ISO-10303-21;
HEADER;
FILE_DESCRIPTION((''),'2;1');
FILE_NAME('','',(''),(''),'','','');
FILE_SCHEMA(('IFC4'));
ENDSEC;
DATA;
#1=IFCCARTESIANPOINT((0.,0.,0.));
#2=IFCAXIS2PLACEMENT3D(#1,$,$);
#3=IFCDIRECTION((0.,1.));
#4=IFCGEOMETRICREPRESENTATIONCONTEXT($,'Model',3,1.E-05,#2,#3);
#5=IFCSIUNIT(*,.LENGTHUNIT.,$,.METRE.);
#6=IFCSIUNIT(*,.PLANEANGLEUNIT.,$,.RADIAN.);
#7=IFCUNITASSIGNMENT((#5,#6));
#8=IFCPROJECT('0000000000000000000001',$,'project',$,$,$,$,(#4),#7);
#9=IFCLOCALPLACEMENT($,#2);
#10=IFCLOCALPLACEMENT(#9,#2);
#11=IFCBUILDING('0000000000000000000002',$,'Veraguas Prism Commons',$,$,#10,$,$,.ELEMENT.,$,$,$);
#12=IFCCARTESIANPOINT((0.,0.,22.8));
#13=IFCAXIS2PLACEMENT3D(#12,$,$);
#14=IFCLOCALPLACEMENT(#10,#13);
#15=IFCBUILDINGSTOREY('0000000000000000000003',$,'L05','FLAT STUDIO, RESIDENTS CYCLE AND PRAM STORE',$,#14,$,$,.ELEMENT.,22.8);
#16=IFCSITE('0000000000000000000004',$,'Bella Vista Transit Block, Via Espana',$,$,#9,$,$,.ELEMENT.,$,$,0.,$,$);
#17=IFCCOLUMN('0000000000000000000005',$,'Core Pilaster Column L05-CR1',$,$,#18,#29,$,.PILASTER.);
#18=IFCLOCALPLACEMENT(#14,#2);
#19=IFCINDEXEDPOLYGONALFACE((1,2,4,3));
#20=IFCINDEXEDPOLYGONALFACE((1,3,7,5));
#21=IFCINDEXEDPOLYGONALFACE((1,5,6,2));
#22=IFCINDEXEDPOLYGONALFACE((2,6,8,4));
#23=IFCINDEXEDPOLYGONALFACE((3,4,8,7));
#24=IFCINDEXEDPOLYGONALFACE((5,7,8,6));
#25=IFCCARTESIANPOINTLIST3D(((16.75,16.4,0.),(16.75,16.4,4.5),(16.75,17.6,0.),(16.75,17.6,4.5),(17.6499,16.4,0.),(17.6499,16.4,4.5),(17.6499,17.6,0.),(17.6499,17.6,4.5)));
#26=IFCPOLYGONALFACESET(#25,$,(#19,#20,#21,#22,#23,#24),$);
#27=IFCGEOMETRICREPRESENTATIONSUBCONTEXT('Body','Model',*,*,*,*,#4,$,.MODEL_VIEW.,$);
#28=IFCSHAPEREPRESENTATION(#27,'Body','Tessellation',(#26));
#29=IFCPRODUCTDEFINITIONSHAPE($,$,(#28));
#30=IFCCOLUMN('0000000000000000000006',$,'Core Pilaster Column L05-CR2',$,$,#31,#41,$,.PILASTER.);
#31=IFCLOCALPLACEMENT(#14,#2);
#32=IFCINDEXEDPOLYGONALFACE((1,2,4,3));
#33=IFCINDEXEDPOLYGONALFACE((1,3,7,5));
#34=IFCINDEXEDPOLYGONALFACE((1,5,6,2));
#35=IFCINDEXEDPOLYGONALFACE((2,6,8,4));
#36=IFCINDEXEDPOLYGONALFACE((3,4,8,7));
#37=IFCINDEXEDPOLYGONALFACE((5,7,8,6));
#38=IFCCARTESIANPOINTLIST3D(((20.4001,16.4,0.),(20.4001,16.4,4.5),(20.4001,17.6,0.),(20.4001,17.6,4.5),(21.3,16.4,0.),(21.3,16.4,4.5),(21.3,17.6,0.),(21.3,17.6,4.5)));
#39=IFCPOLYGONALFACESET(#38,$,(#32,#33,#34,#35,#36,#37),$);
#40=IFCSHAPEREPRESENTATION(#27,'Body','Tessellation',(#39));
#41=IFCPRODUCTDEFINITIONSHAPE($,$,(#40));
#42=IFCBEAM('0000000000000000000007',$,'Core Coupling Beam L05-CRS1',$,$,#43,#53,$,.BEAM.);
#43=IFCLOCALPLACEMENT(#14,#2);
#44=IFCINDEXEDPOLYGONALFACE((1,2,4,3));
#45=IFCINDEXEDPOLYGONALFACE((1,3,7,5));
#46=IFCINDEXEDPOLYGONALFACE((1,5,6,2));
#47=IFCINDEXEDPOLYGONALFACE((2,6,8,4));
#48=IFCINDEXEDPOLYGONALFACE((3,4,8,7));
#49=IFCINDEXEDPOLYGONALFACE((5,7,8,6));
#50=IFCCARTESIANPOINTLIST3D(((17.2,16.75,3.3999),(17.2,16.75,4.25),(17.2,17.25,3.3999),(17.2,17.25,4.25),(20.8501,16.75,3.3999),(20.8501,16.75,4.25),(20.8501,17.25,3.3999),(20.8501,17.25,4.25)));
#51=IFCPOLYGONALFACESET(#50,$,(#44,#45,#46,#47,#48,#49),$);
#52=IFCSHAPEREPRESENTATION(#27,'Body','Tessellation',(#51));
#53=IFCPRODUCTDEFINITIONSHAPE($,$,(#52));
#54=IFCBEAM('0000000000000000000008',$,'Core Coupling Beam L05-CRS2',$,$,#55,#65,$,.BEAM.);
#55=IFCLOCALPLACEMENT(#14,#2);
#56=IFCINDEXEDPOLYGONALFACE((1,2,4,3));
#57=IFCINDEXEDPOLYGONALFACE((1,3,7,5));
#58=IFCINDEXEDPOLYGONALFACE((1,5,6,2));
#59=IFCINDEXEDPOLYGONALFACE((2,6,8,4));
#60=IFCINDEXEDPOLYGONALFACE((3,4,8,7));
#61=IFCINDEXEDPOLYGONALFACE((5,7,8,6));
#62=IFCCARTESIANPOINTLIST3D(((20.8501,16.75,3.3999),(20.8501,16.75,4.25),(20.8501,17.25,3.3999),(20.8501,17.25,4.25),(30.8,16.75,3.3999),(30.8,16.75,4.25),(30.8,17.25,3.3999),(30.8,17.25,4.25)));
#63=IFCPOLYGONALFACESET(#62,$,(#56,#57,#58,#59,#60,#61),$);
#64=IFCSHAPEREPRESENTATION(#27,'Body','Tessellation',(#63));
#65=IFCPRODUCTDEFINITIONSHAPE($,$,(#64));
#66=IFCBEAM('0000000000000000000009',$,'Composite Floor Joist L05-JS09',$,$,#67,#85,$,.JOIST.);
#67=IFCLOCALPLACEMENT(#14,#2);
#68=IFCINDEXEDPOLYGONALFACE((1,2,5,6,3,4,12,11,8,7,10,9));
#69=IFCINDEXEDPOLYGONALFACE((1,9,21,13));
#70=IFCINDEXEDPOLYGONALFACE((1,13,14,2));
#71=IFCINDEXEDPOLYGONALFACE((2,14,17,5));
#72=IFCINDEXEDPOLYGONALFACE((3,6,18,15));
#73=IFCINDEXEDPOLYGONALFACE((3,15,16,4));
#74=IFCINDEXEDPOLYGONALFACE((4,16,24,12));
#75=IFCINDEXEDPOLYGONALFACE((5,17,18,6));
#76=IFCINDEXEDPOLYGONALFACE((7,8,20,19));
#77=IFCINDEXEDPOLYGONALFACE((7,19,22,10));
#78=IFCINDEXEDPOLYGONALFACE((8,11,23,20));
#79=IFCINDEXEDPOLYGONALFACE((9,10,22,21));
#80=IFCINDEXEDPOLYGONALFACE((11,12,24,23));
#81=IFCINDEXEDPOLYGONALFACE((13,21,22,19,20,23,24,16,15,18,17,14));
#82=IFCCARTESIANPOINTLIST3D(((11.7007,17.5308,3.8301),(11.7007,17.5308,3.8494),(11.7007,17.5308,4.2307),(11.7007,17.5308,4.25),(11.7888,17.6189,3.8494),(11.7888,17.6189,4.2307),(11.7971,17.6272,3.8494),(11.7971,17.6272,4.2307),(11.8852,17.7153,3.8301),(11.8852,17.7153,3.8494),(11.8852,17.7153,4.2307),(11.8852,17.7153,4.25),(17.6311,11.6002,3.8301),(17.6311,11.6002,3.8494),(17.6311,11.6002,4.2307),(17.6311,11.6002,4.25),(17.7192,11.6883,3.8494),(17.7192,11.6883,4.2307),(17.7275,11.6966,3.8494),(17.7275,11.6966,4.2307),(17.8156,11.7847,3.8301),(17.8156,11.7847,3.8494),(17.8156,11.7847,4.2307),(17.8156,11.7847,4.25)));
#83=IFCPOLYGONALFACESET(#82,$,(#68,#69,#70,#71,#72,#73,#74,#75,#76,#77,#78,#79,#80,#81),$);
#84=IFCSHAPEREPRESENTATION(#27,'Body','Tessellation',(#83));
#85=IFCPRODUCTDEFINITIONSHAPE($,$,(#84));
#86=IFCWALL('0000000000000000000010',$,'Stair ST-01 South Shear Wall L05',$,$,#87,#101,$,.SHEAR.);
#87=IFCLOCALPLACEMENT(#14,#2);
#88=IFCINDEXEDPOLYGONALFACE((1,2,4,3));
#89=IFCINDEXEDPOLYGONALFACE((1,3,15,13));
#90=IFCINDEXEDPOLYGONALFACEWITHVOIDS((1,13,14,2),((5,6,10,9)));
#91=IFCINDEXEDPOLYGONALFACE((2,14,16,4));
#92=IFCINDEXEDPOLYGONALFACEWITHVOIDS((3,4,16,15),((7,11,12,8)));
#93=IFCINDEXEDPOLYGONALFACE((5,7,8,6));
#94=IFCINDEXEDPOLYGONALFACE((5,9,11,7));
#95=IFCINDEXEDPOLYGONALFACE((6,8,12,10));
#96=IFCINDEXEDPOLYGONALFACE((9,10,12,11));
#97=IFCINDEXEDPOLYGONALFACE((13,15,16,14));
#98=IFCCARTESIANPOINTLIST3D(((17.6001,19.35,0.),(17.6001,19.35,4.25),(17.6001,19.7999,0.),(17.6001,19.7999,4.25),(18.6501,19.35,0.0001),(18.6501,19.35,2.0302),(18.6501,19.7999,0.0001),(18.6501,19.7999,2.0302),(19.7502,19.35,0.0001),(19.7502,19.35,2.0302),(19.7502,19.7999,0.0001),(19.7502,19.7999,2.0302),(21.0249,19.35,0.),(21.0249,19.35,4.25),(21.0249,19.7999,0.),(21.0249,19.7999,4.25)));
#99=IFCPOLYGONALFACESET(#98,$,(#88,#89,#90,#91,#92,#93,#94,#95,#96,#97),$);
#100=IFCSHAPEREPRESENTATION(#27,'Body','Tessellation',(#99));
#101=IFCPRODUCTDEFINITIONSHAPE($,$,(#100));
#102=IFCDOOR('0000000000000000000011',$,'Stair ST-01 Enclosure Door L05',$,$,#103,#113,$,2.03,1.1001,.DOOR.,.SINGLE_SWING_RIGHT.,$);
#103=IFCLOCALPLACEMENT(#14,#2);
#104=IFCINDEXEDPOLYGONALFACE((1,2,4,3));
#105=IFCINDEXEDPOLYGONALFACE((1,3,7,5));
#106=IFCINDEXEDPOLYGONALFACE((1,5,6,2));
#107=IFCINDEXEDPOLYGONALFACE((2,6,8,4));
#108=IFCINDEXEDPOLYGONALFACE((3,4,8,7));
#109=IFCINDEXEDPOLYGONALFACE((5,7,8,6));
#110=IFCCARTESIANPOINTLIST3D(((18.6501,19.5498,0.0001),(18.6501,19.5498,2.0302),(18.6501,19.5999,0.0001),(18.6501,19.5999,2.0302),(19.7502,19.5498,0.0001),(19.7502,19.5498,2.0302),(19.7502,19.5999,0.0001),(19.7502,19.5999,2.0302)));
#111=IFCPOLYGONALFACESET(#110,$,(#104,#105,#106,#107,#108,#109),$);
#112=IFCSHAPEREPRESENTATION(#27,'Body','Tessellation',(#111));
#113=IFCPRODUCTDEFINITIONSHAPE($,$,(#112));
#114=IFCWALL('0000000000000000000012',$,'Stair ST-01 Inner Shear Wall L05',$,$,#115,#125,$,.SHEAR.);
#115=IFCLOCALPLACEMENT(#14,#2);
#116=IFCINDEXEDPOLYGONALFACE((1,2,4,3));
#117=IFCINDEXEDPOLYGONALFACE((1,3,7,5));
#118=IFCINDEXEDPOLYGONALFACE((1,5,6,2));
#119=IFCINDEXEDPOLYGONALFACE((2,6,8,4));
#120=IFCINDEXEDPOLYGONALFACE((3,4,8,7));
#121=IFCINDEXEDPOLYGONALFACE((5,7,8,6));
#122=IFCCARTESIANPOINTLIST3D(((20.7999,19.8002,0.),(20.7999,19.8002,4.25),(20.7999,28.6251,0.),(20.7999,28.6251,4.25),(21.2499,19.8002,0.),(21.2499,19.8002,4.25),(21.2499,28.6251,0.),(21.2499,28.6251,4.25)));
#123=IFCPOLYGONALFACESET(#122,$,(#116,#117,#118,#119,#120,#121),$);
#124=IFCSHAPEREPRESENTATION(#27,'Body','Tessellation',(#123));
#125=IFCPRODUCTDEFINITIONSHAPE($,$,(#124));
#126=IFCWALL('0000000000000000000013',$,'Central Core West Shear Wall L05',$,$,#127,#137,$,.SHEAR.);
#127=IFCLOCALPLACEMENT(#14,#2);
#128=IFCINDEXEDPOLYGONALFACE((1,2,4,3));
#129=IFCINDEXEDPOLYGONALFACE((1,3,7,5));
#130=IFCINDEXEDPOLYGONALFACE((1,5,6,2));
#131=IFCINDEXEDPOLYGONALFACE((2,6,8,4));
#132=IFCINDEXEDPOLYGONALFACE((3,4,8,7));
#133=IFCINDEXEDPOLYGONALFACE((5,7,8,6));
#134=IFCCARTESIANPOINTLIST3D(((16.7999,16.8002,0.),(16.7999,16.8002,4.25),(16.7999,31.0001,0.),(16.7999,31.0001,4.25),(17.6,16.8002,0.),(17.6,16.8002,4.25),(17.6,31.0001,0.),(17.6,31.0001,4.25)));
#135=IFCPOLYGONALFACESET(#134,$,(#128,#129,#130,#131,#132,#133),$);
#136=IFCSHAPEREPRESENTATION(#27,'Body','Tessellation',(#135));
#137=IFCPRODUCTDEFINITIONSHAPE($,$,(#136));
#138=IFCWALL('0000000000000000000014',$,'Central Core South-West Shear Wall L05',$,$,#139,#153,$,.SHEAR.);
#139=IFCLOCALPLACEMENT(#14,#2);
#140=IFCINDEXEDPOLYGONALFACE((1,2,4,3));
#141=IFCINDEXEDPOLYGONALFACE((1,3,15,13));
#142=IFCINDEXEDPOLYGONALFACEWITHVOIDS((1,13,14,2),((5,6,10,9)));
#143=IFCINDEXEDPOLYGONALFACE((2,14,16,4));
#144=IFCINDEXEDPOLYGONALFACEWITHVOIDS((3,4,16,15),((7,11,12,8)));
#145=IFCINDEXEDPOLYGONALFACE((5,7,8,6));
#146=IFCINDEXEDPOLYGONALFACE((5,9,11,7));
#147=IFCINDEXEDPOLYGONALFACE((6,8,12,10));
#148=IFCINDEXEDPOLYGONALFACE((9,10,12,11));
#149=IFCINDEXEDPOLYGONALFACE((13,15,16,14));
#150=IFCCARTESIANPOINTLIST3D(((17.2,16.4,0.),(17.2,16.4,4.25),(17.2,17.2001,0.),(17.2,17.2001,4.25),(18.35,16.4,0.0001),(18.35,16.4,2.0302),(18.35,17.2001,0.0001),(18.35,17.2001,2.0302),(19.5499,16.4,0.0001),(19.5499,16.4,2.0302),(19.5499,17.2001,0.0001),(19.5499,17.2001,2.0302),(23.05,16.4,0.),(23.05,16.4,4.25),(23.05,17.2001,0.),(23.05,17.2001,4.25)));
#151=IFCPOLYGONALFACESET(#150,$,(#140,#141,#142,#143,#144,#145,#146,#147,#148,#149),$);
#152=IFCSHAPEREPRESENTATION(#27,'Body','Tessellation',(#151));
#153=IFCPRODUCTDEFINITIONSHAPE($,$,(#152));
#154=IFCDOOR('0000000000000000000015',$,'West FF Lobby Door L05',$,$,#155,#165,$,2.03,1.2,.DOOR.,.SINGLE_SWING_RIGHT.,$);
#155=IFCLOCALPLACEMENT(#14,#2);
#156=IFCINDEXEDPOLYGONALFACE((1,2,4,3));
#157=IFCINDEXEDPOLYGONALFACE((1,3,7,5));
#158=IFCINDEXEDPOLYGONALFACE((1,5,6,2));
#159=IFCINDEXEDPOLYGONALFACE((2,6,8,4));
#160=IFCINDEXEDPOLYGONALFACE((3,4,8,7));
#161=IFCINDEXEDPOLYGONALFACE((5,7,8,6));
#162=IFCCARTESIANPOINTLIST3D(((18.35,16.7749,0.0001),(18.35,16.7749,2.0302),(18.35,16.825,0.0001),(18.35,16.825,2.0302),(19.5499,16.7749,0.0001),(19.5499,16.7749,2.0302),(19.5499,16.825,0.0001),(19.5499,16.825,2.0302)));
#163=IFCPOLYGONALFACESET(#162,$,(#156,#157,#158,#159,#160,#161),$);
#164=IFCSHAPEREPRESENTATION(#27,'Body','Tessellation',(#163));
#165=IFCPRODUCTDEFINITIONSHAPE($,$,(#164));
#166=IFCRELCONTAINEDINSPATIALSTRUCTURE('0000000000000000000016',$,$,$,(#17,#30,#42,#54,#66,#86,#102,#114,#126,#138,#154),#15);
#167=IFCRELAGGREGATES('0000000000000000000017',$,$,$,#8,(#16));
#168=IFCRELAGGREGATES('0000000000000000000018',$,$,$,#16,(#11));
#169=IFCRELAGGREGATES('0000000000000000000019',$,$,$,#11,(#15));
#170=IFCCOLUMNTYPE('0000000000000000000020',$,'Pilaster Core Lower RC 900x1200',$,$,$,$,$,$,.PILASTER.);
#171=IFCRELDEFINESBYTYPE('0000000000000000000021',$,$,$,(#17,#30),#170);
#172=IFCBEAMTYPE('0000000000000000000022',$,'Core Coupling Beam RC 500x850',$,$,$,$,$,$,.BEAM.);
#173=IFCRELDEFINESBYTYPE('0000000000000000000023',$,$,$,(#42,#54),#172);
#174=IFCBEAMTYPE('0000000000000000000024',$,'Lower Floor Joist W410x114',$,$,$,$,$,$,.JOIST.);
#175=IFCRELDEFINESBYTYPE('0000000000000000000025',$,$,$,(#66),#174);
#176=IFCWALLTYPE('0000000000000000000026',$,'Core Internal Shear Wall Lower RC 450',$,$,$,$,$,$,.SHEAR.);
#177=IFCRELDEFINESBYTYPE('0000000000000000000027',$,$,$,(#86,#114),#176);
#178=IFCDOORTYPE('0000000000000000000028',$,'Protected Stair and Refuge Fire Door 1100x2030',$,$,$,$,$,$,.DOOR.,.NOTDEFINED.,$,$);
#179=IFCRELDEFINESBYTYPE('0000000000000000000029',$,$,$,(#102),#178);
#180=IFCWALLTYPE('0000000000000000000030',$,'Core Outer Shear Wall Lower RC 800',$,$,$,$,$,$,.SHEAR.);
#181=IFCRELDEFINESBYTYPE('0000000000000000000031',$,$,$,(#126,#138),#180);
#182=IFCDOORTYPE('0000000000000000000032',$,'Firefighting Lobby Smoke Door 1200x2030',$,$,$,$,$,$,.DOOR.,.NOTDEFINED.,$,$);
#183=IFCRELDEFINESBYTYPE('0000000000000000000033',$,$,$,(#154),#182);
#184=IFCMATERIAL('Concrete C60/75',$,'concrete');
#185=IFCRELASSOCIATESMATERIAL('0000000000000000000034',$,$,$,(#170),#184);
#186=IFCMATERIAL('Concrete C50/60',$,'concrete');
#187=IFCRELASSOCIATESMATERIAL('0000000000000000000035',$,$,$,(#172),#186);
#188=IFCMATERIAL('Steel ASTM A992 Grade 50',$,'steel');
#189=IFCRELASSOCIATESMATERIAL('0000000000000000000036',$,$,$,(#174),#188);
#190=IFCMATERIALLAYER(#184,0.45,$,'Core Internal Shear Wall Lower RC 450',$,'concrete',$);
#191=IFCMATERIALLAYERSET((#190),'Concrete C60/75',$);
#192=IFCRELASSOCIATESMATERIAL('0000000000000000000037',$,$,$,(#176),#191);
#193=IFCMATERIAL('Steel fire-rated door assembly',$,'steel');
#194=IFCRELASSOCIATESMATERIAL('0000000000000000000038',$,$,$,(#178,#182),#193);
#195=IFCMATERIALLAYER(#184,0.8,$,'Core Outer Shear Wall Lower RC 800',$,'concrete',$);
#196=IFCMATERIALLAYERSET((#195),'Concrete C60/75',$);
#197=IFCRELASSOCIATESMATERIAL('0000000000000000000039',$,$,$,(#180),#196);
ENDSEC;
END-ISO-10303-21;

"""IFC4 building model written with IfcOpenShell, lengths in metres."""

from ifc_helpers import new_model, si_unit, direction, frame, frame_2d, origin, origin_2d, place, context, subcontext, project, spatial, rectangle, i_section, extrude, source, transform, mapped, material, layer, layer_set, material_profile, profile_set, type_object, element, fill, save


model = new_model("IFC4")

# Units and contexts
model_context = context("Model", 3, precision=1e-05, world=origin(), true_north=direction((0.0, 1.0)))
body_context = subcontext(model_context, "Body", "Model", "MODEL_VIEW")
ifc_project = project(units=[si_unit("LENGTHUNIT", "METRE"), si_unit("PLANEANGLEUNIT", "RADIAN")], contexts=[model_context])

# Site, building, storey
site_placement = place(None, origin())
site = spatial("IfcSite", under=ifc_project, at=site_placement, Name="Bella Vista Transit Block, Via Espana", CompositionType="ELEMENT", RefElevation=0.0)
building_placement = place(site_placement, origin())
building = spatial("IfcBuilding", under=site, at=building_placement, Name="Veraguas Prism Commons", CompositionType="ELEMENT")
storey_placement = place(building_placement, frame((0.0, 0.0, 22.8)))
storey = spatial("IfcBuildingStorey", under=building, at=storey_placement, Name="L05", Description="FLAT STUDIO, RESIDENTS CYCLE AND PRAM STORE", CompositionType="ELEMENT", Elevation=22.8)

# Columns
ifc_material_1 = material(Name="Concrete C60/75", Category="concrete")
ifc_material_profile_1 = material_profile(ifc_material_1, rectangle(XDim=0.8999, YDim=1.2, at=origin_2d()), Name="RC900X1200")
ifc_profile_set_1 = profile_set([ifc_material_profile_1], Name="Concrete C60/75")
column_type = type_object("IfcColumnType", Name="Pilaster Core Lower RC 900x1200", PredefinedType="PILASTER", material=ifc_profile_set_1)
for number, where, z_axis, x_axis, name in (
    (1, (17.2, 17.0, 0.0), (0.0, 0.0, 1.0), (1.0, 0.0, 0.0), "Core Pilaster Column L05-CR1"),
    (2, (20.8501, 17.0, 0.0), (0.0, 0.0, 1.0), (1.0, 0.0, 0.0), "Core Pilaster Column L05-CR2"),
):
    element("IfcColumn", number, at=place(storey_placement, frame(where, z_axis=z_axis, x_axis=x_axis)), inside=storey, type_object=column_type, Name=name, PredefinedType="PILASTER", context=body_context, shape_type="SweptSolid", body=[
        extrude(rectangle(XDim=0.8999, YDim=1.2, at=origin_2d()), origin(), (0.0, 0.0, 1.0), 4.5),
    ])

# Beams
ifc_material_2 = material(Name="Concrete C50/60", Category="concrete")
ifc_material_profile_2 = material_profile(ifc_material_2, rectangle(XDim=0.5, YDim=0.8501, at=origin_2d()), Name="RC500X850")
ifc_profile_set_2 = profile_set([ifc_material_profile_2], Name="Concrete C50/60")
beam_type_1 = type_object("IfcBeamType", Name="Core Coupling Beam RC 500x850", PredefinedType="BEAM", material=ifc_profile_set_2)
beam_1_placement = place(storey_placement, frame((17.2, 17.0, 3.825), z_axis=(1.0, 0.0, 0.0), x_axis=(0.0, 1.0, 0.0)))
element("IfcBeam", 3, at=beam_1_placement, inside=storey, type_object=beam_type_1, Name="Core Coupling Beam L05-CRS1", PredefinedType="BEAM", context=body_context, shape_type="SweptSolid", body=[
    extrude(rectangle(XDim=0.5, YDim=0.8501, at=origin_2d()), origin(), (0.0, 0.0, 1.0), 3.6501),
])
beam_2_placement = place(storey_placement, frame((20.8501, 17.0, 3.825), z_axis=(1.0, 0.0, 0.0), x_axis=(0.0, 1.0, 0.0)))
element("IfcBeam", 4, at=beam_2_placement, inside=storey, type_object=beam_type_1, Name="Core Coupling Beam L05-CRS2", PredefinedType="BEAM", context=body_context, shape_type="SweptSolid", body=[
    extrude(rectangle(XDim=0.5, YDim=0.8501, at=origin_2d()), origin(), (0.0, 0.0, 1.0), 9.95),
])
ifc_material_3 = material(Name="Steel ASTM A992 Grade 50", Category="steel")
ifc_material_profile_3 = material_profile(ifc_material_3, i_section(OverallWidth=0.261, OverallDepth=0.4199, WebThickness=0.0117, FlangeThickness=0.0193, at=origin_2d()), Name="W410X114")
ifc_profile_set_3 = profile_set([ifc_material_profile_3], Name="Steel ASTM A992 Grade 50")
beam_type_2 = type_object("IfcBeamType", Name="Lower Floor Joist W410x114", PredefinedType="JOIST", material=ifc_profile_set_3)
beam_3_placement = place(storey_placement, frame((11.793, 17.623, 4.04), z_axis=(0.707092, -0.707121, 0.0), x_axis=(0.707121, 0.707092, 0.0)))
element("IfcBeam", 5, at=beam_3_placement, inside=storey, type_object=beam_type_2, Name="Composite Floor Joist L05-JS09", PredefinedType="JOIST", context=body_context, shape_type="SweptSolid", body=[
    extrude(i_section(OverallWidth=0.261, OverallDepth=0.4199, WebThickness=0.0117, FlangeThickness=0.0193, at=origin_2d()), origin(), (0.0, 0.0, 1.0), 8.387),
])

# Wall, opening, door
ifc_layer_1 = layer(ifc_material_1, 0.45, Name="Core Internal Shear Wall Lower RC 450", Category="concrete")
ifc_layer_set_1 = layer_set([ifc_layer_1], Name="Concrete C60/75")
wall_type_1 = type_object("IfcWallType", Name="Core Internal Shear Wall Lower RC 450", PredefinedType="SHEAR", material=ifc_layer_set_1)
wall_1_placement = place(storey_placement, frame((17.6001, 19.575, 0.0), z_axis=(0.0, 0.0, 1.0), x_axis=(1.0, 0.0, 0.0)))
wall_1 = element("IfcWall", 6, at=wall_1_placement, inside=storey, type_object=wall_type_1, Name="Stair ST-01 South Shear Wall L05", PredefinedType="SHEAR", context=body_context, shape_type="SweptSolid", body=[
    extrude(rectangle(XDim=3.4248, YDim=0.45, at=frame_2d((1.7124, 0.0))), origin(), (0.0, 0.0, 1.0), 4.25),
])
opening_1_placement = place(wall_1_placement, frame((1.05, 0.0, 0.0)))
opening_1 = element("IfcOpeningElement", 7, at=opening_1_placement, cuts=wall_1, PredefinedType="OPENING", context=body_context, shape_type="SweptSolid", body=[
    extrude(rectangle(XDim=1.1001, YDim=2.03, at=frame_2d((0.55, 1.0151))), frame((0.0, 0.2349, 0.0), z_axis=(0.0, -1.0, 0.0), x_axis=(1.0, 0.0, 0.0)), (0.0, 0.0, 1.0), 0.47),
])
ifc_material_4 = material(Name="Steel fire-rated door assembly", Category="steel")
door_type_1 = type_object("IfcDoorType", Name="Protected Stair and Refuge Fire Door 1100x2030", OperationType="NOTDEFINED", PredefinedType="DOOR", material=ifc_material_4)
shared_shape_1 = source(origin(), body_context, "Body", "SweptSolid", [
    extrude(rectangle(XDim=1.1001, YDim=2.03, at=frame_2d((0.55, 1.0151))), frame((0.0, 0.0249, 0.0), z_axis=(0.0, -1.0, 0.0), x_axis=(1.0, 0.0, 0.0)), (0.0, 0.0, 1.0), 0.05),
])
door_1_placement = place(opening_1_placement, origin())
door_1 = element("IfcDoor", 8, at=door_1_placement, inside=storey, type_object=door_type_1, Name="Stair ST-01 Enclosure Door L05", OperationType="SINGLE_SWING_RIGHT", OverallHeight=2.03, OverallWidth=1.1001, PredefinedType="DOOR", context=body_context, shape_type="MappedRepresentation", body=[
    mapped(shared_shape_1, transform((0.0, 0.0, 0.0), scale=1.0)),
])
fill(opening_1, door_1)

# Walls
wall_2_placement = place(storey_placement, frame((21.0249, 19.8, 0.0), z_axis=(0.0, 0.0, 1.0), x_axis=(0.0, 1.0, 0.0)))
element("IfcWall", 9, at=wall_2_placement, inside=storey, type_object=wall_type_1, Name="Stair ST-01 Inner Shear Wall L05", PredefinedType="SHEAR", context=body_context, shape_type="SweptSolid", body=[
    extrude(rectangle(XDim=8.825, YDim=0.45, at=frame_2d((4.4126, 0.0))), origin(), (0.0, 0.0, 1.0), 4.25),
])
ifc_layer_2 = layer(ifc_material_1, 0.8, Name="Core Outer Shear Wall Lower RC 800", Category="concrete")
ifc_layer_set_2 = layer_set([ifc_layer_2], Name="Concrete C60/75")
wall_type_2 = type_object("IfcWallType", Name="Core Outer Shear Wall Lower RC 800", PredefinedType="SHEAR", material=ifc_layer_set_2)
wall_3_placement = place(storey_placement, frame((17.2, 16.8, 0.0), z_axis=(0.0, 0.0, 1.0), x_axis=(0.0, 1.0, 0.0)))
element("IfcWall", 10, at=wall_3_placement, inside=storey, type_object=wall_type_2, Name="Central Core West Shear Wall L05", PredefinedType="SHEAR", context=body_context, shape_type="SweptSolid", body=[
    extrude(rectangle(XDim=14.2, YDim=0.8, at=frame_2d((7.1001, 0.0))), origin(), (0.0, 0.0, 1.0), 4.25),
])

# Wall, opening, door
wall_4_placement = place(storey_placement, frame((17.2, 16.8, 0.0), z_axis=(0.0, 0.0, 1.0), x_axis=(1.0, 0.0, 0.0)))
wall_4 = element("IfcWall", 11, at=wall_4_placement, inside=storey, type_object=wall_type_2, Name="Central Core South-West Shear Wall L05", PredefinedType="SHEAR", context=body_context, shape_type="SweptSolid", body=[
    extrude(rectangle(XDim=5.8501, YDim=0.8, at=frame_2d((2.925, 0.0))), origin(), (0.0, 0.0, 1.0), 4.25),
])
opening_2_placement = place(wall_4_placement, frame((1.1499, 0.0, 0.0)))
opening_2 = element("IfcOpeningElement", 12, at=opening_2_placement, cuts=wall_4, PredefinedType="OPENING", context=body_context, shape_type="SweptSolid", body=[
    extrude(rectangle(XDim=1.2, YDim=2.03, at=frame_2d((0.6001, 1.0151))), frame((0.0, 0.4099, 0.0), z_axis=(0.0, -1.0, 0.0), x_axis=(1.0, 0.0, 0.0)), (0.0, 0.0, 1.0), 0.8201),
])
door_type_2 = type_object("IfcDoorType", Name="Firefighting Lobby Smoke Door 1200x2030", OperationType="NOTDEFINED", PredefinedType="DOOR", material=ifc_material_4)
shared_shape_2 = source(origin(), body_context, "Body", "SweptSolid", [
    extrude(rectangle(XDim=1.2, YDim=2.03, at=frame_2d((0.6001, 1.0151))), frame((0.0, 0.0249, 0.0), z_axis=(0.0, -1.0, 0.0), x_axis=(1.0, 0.0, 0.0)), (0.0, 0.0, 1.0), 0.05),
])
door_2_placement = place(opening_2_placement, origin())
door_2 = element("IfcDoor", 13, at=door_2_placement, inside=storey, type_object=door_type_2, Name="West FF Lobby Door L05", OperationType="SINGLE_SWING_RIGHT", OverallHeight=2.03, OverallWidth=1.2, PredefinedType="DOOR", context=body_context, shape_type="MappedRepresentation", body=[
    mapped(shared_shape_2, transform((0.0, 0.0, 0.0), scale=1.0)),
])
fill(opening_2, door_2)

save(model, "model.ifc")
